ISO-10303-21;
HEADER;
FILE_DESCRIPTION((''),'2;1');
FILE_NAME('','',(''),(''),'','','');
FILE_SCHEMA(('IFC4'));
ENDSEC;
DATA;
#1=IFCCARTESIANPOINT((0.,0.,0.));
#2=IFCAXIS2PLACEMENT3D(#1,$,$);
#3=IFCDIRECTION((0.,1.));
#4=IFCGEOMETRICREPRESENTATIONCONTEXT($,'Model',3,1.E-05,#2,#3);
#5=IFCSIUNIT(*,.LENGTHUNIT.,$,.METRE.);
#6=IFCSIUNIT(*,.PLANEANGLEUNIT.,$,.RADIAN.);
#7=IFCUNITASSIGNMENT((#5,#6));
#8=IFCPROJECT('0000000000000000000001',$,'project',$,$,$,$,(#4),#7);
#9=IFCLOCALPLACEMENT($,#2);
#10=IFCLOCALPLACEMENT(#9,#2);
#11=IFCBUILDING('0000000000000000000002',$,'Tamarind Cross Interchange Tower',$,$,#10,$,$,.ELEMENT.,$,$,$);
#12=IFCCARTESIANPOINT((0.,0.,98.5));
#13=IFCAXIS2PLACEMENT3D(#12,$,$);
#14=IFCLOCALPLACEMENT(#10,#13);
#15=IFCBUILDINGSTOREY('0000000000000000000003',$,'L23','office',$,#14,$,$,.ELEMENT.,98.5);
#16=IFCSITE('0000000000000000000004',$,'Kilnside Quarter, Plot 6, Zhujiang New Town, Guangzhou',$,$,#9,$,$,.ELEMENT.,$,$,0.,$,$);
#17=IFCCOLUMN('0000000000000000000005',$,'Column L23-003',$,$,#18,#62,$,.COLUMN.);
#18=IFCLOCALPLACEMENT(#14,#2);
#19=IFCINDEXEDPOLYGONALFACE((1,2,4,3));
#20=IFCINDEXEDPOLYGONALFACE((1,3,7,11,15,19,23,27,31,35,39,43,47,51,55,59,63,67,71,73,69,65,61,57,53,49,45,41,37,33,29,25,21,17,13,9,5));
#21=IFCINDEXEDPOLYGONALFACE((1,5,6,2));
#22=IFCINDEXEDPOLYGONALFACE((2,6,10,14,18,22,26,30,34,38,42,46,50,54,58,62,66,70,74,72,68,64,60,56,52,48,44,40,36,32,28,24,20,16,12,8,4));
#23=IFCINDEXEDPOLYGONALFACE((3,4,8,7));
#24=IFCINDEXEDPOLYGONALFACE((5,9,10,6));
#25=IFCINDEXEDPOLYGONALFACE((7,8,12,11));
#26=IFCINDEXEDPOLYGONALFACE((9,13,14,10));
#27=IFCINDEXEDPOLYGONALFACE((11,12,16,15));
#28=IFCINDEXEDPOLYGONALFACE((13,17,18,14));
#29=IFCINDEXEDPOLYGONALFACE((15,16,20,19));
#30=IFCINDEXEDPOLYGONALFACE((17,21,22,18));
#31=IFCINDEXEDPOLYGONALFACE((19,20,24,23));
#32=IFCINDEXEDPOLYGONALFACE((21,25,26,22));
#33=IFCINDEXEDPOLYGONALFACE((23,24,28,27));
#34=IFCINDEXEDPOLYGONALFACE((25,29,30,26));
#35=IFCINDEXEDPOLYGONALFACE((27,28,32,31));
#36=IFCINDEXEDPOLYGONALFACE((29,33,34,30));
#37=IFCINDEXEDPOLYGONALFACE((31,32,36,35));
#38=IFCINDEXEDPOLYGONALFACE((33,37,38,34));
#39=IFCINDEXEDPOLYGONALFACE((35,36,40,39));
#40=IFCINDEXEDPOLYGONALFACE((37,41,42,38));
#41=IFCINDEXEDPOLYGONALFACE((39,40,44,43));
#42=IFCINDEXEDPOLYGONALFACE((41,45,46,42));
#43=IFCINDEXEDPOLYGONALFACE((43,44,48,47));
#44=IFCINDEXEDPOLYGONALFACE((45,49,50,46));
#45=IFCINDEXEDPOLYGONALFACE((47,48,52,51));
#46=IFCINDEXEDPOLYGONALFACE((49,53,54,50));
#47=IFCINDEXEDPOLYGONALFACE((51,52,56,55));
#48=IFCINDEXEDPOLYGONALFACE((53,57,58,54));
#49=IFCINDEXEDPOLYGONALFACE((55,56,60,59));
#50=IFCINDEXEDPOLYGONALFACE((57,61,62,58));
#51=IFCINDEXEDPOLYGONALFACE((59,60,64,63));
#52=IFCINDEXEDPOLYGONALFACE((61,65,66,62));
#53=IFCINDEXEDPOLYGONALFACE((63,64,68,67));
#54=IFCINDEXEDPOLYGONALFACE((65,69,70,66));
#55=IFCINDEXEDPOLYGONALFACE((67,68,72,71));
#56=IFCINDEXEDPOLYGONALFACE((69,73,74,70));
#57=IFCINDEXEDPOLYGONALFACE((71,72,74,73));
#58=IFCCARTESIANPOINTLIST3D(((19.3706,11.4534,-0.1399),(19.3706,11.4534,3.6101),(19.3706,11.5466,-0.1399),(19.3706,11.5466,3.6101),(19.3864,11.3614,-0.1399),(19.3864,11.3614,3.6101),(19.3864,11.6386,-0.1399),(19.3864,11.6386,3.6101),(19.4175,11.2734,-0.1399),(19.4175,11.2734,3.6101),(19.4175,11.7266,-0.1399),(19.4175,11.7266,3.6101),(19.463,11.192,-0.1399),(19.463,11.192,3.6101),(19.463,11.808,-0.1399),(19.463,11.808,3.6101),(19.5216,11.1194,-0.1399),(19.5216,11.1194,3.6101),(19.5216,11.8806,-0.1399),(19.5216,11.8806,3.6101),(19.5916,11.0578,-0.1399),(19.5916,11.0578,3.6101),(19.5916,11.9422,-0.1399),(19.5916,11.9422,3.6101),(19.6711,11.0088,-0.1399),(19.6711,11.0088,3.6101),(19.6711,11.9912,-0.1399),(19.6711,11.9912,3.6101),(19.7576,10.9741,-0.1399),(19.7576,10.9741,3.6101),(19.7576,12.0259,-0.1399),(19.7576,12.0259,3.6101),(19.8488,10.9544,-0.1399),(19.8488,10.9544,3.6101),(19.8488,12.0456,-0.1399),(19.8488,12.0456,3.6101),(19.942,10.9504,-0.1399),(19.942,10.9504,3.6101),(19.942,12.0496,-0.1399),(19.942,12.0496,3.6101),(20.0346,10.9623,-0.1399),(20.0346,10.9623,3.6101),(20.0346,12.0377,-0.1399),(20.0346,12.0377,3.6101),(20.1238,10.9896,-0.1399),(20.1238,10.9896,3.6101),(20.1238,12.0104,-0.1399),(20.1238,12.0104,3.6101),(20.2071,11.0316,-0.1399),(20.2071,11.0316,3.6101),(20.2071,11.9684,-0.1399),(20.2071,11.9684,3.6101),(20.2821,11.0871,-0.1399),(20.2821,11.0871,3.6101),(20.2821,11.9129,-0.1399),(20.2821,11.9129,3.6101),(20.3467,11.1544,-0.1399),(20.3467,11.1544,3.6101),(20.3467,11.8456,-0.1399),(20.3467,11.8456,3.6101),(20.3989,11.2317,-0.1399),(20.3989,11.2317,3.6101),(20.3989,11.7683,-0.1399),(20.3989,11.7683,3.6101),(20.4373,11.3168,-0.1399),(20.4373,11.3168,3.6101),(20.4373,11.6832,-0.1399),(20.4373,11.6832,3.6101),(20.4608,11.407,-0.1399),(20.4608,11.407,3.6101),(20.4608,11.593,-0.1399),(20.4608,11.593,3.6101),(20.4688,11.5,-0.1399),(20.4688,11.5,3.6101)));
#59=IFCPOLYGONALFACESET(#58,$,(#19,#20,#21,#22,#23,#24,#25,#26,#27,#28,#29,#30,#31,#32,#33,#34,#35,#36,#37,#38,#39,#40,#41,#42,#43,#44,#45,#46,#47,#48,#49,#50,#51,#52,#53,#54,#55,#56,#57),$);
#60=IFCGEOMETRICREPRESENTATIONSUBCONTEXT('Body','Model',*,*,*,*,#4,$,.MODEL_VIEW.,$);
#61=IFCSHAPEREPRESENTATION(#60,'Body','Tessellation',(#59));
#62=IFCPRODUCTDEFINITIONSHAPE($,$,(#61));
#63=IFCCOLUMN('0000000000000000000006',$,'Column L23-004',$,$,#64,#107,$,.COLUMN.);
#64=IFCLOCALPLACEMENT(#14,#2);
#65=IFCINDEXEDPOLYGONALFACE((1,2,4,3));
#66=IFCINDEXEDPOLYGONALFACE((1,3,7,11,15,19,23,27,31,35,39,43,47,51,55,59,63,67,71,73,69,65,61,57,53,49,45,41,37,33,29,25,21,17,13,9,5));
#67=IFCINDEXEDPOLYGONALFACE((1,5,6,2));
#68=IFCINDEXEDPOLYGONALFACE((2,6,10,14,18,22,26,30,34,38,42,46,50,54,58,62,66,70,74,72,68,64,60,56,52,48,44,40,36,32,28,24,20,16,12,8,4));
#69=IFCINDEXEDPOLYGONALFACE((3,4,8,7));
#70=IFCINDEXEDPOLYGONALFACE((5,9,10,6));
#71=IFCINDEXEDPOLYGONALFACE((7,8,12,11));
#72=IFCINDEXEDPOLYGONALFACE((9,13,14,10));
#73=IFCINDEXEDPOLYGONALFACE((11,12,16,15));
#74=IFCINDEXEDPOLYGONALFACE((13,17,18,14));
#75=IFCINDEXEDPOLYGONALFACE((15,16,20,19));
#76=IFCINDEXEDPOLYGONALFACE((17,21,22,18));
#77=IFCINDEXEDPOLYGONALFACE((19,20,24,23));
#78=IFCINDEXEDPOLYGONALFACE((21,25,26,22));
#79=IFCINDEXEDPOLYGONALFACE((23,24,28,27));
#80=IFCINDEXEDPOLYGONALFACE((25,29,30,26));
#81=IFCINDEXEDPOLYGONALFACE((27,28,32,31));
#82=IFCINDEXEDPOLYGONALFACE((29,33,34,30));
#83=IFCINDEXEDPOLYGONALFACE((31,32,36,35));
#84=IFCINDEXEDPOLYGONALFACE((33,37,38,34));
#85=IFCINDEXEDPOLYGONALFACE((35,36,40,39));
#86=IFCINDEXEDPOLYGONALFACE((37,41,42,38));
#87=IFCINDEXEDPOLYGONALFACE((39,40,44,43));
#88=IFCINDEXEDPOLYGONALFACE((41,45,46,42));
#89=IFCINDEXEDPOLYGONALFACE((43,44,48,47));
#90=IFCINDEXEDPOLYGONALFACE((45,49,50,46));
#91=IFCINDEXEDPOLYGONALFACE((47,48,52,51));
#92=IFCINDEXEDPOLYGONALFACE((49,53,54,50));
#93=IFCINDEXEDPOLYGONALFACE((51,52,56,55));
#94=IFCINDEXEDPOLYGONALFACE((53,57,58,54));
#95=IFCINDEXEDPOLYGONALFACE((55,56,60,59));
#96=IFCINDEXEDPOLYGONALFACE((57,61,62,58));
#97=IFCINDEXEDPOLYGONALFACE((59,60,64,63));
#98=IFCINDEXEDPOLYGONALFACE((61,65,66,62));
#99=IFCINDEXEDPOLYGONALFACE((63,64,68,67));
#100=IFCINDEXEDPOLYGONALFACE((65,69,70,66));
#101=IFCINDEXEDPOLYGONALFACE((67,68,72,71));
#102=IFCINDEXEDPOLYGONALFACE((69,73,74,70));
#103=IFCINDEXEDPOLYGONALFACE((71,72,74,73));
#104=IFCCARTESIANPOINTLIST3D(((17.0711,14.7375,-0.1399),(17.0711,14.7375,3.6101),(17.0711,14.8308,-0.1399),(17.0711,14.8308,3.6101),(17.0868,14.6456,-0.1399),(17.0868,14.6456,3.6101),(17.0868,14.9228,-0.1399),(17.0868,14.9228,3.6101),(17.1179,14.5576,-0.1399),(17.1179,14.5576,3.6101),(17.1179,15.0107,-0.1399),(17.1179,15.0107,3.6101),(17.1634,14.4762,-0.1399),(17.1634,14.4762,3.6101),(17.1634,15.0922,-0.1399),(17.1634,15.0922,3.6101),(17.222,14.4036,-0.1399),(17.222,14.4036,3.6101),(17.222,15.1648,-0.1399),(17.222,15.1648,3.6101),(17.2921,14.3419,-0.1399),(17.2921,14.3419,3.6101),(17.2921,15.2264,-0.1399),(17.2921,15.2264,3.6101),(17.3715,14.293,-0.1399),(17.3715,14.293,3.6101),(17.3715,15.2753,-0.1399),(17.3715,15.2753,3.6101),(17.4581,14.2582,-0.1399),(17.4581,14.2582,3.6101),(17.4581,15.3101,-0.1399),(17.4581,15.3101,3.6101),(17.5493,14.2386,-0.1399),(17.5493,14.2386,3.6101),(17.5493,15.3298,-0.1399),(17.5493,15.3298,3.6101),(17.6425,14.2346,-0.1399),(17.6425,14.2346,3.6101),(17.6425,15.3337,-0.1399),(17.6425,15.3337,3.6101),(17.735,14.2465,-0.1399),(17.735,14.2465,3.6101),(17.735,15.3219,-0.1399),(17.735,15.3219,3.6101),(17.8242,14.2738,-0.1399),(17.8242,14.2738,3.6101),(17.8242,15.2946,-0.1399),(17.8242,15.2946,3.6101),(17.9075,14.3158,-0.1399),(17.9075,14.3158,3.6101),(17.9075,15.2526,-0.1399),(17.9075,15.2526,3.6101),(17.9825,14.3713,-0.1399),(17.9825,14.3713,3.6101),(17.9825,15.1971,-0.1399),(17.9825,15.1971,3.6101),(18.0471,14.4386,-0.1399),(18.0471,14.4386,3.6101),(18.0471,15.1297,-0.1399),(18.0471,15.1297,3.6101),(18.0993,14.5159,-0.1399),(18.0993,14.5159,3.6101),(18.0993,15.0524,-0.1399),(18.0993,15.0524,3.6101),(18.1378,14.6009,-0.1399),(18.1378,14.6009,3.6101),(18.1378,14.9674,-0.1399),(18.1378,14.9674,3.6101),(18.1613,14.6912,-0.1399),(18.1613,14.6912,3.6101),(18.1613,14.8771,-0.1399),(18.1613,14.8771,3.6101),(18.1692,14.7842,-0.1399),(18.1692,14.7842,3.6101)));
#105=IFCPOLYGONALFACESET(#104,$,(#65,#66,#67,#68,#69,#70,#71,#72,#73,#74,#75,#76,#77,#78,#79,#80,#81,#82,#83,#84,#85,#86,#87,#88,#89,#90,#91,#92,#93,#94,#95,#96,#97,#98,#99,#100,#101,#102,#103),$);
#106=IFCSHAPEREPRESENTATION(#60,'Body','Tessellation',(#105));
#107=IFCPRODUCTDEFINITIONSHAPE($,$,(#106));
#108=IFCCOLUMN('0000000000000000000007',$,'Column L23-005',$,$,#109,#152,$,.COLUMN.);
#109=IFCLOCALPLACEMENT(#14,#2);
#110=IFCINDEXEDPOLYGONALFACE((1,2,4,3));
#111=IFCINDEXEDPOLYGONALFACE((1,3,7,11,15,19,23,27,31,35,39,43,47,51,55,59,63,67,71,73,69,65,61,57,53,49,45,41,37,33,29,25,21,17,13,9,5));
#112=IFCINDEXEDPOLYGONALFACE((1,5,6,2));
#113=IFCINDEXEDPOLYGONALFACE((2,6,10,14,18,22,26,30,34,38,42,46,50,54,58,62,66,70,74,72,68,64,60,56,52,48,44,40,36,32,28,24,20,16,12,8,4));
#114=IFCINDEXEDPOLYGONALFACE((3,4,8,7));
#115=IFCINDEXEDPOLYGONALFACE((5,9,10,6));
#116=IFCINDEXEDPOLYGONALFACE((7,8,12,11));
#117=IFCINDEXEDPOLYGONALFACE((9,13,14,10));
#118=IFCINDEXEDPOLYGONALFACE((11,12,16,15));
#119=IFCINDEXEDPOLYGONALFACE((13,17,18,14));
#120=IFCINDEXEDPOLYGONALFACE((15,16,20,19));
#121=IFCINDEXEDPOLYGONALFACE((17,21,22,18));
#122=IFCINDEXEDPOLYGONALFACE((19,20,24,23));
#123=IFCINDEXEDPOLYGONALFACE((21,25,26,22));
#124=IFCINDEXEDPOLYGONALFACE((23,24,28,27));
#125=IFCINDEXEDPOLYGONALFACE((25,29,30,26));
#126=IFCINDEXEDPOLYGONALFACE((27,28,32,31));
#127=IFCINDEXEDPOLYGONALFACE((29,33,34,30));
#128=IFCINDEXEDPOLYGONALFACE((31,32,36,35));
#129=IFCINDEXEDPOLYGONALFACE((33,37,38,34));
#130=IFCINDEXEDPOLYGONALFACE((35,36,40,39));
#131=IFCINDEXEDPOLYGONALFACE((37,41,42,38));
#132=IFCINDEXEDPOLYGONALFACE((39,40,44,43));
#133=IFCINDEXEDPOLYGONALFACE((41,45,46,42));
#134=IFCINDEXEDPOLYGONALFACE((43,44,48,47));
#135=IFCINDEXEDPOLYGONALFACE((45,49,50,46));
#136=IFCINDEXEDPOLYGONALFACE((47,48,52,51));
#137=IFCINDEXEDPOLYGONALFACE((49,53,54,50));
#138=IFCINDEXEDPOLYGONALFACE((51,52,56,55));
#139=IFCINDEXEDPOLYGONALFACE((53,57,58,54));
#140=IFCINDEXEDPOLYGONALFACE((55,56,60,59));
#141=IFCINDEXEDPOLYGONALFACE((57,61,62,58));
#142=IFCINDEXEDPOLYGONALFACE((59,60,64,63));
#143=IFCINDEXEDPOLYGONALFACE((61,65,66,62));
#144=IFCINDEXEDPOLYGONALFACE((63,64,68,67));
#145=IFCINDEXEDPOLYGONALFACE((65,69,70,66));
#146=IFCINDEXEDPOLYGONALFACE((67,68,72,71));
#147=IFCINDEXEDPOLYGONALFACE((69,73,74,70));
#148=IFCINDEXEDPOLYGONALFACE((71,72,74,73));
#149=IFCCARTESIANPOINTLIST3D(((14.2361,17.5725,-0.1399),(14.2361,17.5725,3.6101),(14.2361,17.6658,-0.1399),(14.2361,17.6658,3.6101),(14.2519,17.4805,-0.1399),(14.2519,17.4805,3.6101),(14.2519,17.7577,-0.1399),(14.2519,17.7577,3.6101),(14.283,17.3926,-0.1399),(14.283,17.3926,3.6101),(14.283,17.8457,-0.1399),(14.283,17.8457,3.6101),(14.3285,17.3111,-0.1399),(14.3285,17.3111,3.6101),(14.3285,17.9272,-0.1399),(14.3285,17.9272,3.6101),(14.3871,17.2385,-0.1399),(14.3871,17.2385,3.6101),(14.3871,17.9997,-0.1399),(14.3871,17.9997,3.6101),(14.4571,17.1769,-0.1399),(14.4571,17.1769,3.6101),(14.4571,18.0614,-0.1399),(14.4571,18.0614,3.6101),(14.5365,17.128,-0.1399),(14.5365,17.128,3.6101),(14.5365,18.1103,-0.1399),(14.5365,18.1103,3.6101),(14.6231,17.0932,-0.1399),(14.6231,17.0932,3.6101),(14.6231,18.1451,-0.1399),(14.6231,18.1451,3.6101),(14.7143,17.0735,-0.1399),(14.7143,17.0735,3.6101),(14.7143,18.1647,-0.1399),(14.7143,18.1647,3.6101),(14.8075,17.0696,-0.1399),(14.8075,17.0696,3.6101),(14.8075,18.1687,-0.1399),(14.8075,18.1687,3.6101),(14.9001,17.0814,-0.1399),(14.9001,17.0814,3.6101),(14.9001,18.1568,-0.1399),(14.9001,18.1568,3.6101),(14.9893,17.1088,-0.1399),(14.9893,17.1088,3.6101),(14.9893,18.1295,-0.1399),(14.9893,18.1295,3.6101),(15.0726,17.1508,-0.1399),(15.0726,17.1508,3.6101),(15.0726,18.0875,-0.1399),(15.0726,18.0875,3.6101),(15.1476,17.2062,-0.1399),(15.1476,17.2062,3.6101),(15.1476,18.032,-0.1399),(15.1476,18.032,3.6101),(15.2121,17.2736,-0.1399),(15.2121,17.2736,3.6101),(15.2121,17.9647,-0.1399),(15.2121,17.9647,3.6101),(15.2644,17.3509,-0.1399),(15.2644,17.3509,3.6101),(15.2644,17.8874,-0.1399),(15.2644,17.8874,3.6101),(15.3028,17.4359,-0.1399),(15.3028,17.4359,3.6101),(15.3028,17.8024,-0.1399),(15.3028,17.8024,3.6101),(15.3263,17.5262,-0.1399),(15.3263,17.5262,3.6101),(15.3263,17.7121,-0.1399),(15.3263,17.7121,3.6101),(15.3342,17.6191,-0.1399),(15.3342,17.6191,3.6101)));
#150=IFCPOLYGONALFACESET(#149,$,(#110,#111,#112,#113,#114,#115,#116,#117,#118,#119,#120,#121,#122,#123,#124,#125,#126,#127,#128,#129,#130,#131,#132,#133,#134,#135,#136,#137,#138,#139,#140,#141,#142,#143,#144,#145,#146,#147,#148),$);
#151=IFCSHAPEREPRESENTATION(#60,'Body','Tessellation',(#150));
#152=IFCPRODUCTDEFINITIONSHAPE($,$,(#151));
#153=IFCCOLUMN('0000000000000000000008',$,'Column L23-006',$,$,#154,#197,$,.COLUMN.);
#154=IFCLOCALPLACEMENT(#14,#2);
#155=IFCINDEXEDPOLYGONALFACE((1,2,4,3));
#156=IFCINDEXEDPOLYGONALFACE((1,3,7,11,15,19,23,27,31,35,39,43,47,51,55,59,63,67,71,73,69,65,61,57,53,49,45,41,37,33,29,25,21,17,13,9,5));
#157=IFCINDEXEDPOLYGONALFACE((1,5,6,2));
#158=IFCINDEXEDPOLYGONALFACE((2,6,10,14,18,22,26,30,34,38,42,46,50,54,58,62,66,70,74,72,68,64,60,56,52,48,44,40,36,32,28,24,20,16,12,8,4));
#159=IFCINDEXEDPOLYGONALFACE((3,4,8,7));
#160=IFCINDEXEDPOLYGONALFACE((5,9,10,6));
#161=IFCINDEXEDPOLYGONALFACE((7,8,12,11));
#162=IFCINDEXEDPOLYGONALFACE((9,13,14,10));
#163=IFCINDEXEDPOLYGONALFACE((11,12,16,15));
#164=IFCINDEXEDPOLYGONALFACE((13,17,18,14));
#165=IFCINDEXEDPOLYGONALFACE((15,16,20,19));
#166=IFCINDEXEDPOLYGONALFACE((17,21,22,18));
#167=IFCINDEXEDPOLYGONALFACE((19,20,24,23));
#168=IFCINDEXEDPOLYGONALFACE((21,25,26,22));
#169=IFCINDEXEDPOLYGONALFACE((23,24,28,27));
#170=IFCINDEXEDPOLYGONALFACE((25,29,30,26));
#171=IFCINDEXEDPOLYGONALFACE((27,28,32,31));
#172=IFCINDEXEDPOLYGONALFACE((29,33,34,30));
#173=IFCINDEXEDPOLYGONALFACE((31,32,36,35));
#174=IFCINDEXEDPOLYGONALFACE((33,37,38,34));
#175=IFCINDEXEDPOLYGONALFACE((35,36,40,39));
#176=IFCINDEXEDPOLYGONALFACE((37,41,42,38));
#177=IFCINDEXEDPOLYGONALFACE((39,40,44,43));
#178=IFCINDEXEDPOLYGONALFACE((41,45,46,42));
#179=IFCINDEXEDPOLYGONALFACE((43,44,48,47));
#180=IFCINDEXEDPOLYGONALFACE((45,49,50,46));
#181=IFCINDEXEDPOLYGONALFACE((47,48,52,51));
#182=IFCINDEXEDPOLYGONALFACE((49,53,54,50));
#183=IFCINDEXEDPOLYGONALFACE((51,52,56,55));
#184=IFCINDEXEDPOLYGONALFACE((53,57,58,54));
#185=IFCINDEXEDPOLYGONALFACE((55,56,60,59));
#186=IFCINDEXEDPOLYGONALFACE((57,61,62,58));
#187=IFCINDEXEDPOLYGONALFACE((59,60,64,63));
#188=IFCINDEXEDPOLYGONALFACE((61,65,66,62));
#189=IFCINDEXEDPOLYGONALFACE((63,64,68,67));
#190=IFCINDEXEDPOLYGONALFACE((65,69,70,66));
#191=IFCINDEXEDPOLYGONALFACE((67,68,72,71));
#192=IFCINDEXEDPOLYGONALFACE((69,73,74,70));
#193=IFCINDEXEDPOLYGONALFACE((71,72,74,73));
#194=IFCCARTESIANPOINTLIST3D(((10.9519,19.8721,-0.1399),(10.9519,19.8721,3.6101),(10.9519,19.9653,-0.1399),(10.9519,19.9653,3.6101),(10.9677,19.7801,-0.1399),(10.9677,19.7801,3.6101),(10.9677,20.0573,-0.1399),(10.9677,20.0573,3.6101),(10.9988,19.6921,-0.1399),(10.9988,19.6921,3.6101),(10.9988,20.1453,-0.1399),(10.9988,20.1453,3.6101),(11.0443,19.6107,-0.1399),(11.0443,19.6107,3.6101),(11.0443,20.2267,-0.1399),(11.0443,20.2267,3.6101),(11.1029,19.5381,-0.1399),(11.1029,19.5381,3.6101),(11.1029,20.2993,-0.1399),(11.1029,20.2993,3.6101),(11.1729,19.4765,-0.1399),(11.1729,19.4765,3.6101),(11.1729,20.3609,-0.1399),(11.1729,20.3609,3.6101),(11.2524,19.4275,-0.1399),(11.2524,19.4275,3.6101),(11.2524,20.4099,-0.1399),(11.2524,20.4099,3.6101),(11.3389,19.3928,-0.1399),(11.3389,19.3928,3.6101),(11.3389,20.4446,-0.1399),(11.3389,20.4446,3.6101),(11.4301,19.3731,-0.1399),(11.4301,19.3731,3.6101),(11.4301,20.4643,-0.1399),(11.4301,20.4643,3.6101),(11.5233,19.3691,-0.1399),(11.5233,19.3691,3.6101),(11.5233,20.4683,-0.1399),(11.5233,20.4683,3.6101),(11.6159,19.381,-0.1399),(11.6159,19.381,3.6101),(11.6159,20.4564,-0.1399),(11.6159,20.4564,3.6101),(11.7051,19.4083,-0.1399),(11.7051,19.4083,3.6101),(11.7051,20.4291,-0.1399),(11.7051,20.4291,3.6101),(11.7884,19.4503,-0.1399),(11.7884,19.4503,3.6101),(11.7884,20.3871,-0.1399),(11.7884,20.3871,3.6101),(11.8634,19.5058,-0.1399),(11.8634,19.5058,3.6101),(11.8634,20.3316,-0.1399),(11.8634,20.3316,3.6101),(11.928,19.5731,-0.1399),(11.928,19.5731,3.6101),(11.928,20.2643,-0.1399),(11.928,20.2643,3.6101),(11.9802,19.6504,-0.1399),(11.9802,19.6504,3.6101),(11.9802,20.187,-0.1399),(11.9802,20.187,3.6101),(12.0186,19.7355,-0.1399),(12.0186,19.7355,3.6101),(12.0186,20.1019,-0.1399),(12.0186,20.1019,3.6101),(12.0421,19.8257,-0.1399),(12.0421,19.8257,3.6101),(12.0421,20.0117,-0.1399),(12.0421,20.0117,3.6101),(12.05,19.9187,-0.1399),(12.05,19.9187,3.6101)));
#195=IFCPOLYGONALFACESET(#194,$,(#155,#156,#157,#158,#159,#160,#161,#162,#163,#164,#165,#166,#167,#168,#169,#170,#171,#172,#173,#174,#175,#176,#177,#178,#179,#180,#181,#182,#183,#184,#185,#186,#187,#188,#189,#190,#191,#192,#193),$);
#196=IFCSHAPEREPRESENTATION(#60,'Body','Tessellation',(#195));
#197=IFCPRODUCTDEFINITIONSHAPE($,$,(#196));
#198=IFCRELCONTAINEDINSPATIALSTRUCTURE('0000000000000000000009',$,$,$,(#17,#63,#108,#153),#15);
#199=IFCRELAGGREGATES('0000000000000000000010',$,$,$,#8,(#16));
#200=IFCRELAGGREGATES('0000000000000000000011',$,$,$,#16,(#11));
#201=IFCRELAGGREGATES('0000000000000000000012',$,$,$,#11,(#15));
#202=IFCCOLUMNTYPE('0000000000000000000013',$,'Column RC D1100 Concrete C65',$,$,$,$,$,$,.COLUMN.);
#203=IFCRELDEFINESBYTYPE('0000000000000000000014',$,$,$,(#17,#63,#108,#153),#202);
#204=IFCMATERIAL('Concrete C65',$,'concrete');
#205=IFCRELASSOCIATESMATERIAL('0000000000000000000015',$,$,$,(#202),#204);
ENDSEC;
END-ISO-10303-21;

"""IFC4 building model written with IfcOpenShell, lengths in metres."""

from ifc_helpers import new_model, si_unit, direction, frame, origin, origin_2d, place, context, subcontext, project, spatial, circle, extrude, material, material_profile, profile_set, type_object, element, save


model = new_model("IFC4")

# Units and contexts
model_context = context("Model", 3, precision=1e-05, world=origin(), true_north=direction((0.0, 1.0)))
body_context = subcontext(model_context, "Body", "Model", "MODEL_VIEW")
ifc_project = project(units=[si_unit("LENGTHUNIT", "METRE"), si_unit("PLANEANGLEUNIT", "RADIAN")], contexts=[model_context])

# Site, building, storey
site_placement = place(None, origin())
site = spatial("IfcSite", under=ifc_project, at=site_placement, Name="Kilnside Quarter, Plot 6, Zhujiang New Town, Guangzhou", CompositionType="ELEMENT", RefElevation=0.0)
building_placement = place(site_placement, origin())
building = spatial("IfcBuilding", under=site, at=building_placement, Name="Tamarind Cross Interchange Tower", CompositionType="ELEMENT")
storey_placement = place(building_placement, frame((0.0, 0.0, 98.5)))
storey = spatial("IfcBuildingStorey", under=building, at=storey_placement, Name="L23", Description="office", CompositionType="ELEMENT", Elevation=98.5)

# Columns
ifc_material_1 = material(Name="Concrete C65", Category="concrete")
ifc_material_profile_1 = material_profile(ifc_material_1, circle(Radius=0.55, at=origin_2d()), Name="RC D1100")
ifc_profile_set_1 = profile_set([ifc_material_profile_1], Name="Concrete C65")
column_type = type_object("IfcColumnType", Name="Column RC D1100 Concrete C65", PredefinedType="COLUMN", material=ifc_profile_set_1)
for number, where, z_axis, x_axis, name in (
    (1, (19.9187, 11.5, -0.1399), (0.0, 0.0, 1.0), (1.0, 0.0, 0.0), "Column L23-003"),
    (2, (17.6191, 14.7842, -0.1399), (0.0, 0.0, 1.0), (1.0, 0.0, 0.0), "Column L23-004"),
    (3, (14.7842, 17.6191, -0.1399), (0.0, 0.0, 1.0), (1.0, 0.0, 0.0), "Column L23-005"),
    (4, (11.5, 19.9187, -0.1399), (0.0, 0.0, 1.0), (1.0, 0.0, 0.0), "Column L23-006"),
):
    element("IfcColumn", number, at=place(storey_placement, frame(where, z_axis=z_axis, x_axis=x_axis)), inside=storey, type_object=column_type, Name=name, PredefinedType="COLUMN", context=body_context, shape_type="SweptSolid", body=[
        extrude(circle(Radius=0.55, at=origin_2d()), origin(), (0.0, 0.0, 1.0), 3.75),
    ])

save(model, "model.ifc")
